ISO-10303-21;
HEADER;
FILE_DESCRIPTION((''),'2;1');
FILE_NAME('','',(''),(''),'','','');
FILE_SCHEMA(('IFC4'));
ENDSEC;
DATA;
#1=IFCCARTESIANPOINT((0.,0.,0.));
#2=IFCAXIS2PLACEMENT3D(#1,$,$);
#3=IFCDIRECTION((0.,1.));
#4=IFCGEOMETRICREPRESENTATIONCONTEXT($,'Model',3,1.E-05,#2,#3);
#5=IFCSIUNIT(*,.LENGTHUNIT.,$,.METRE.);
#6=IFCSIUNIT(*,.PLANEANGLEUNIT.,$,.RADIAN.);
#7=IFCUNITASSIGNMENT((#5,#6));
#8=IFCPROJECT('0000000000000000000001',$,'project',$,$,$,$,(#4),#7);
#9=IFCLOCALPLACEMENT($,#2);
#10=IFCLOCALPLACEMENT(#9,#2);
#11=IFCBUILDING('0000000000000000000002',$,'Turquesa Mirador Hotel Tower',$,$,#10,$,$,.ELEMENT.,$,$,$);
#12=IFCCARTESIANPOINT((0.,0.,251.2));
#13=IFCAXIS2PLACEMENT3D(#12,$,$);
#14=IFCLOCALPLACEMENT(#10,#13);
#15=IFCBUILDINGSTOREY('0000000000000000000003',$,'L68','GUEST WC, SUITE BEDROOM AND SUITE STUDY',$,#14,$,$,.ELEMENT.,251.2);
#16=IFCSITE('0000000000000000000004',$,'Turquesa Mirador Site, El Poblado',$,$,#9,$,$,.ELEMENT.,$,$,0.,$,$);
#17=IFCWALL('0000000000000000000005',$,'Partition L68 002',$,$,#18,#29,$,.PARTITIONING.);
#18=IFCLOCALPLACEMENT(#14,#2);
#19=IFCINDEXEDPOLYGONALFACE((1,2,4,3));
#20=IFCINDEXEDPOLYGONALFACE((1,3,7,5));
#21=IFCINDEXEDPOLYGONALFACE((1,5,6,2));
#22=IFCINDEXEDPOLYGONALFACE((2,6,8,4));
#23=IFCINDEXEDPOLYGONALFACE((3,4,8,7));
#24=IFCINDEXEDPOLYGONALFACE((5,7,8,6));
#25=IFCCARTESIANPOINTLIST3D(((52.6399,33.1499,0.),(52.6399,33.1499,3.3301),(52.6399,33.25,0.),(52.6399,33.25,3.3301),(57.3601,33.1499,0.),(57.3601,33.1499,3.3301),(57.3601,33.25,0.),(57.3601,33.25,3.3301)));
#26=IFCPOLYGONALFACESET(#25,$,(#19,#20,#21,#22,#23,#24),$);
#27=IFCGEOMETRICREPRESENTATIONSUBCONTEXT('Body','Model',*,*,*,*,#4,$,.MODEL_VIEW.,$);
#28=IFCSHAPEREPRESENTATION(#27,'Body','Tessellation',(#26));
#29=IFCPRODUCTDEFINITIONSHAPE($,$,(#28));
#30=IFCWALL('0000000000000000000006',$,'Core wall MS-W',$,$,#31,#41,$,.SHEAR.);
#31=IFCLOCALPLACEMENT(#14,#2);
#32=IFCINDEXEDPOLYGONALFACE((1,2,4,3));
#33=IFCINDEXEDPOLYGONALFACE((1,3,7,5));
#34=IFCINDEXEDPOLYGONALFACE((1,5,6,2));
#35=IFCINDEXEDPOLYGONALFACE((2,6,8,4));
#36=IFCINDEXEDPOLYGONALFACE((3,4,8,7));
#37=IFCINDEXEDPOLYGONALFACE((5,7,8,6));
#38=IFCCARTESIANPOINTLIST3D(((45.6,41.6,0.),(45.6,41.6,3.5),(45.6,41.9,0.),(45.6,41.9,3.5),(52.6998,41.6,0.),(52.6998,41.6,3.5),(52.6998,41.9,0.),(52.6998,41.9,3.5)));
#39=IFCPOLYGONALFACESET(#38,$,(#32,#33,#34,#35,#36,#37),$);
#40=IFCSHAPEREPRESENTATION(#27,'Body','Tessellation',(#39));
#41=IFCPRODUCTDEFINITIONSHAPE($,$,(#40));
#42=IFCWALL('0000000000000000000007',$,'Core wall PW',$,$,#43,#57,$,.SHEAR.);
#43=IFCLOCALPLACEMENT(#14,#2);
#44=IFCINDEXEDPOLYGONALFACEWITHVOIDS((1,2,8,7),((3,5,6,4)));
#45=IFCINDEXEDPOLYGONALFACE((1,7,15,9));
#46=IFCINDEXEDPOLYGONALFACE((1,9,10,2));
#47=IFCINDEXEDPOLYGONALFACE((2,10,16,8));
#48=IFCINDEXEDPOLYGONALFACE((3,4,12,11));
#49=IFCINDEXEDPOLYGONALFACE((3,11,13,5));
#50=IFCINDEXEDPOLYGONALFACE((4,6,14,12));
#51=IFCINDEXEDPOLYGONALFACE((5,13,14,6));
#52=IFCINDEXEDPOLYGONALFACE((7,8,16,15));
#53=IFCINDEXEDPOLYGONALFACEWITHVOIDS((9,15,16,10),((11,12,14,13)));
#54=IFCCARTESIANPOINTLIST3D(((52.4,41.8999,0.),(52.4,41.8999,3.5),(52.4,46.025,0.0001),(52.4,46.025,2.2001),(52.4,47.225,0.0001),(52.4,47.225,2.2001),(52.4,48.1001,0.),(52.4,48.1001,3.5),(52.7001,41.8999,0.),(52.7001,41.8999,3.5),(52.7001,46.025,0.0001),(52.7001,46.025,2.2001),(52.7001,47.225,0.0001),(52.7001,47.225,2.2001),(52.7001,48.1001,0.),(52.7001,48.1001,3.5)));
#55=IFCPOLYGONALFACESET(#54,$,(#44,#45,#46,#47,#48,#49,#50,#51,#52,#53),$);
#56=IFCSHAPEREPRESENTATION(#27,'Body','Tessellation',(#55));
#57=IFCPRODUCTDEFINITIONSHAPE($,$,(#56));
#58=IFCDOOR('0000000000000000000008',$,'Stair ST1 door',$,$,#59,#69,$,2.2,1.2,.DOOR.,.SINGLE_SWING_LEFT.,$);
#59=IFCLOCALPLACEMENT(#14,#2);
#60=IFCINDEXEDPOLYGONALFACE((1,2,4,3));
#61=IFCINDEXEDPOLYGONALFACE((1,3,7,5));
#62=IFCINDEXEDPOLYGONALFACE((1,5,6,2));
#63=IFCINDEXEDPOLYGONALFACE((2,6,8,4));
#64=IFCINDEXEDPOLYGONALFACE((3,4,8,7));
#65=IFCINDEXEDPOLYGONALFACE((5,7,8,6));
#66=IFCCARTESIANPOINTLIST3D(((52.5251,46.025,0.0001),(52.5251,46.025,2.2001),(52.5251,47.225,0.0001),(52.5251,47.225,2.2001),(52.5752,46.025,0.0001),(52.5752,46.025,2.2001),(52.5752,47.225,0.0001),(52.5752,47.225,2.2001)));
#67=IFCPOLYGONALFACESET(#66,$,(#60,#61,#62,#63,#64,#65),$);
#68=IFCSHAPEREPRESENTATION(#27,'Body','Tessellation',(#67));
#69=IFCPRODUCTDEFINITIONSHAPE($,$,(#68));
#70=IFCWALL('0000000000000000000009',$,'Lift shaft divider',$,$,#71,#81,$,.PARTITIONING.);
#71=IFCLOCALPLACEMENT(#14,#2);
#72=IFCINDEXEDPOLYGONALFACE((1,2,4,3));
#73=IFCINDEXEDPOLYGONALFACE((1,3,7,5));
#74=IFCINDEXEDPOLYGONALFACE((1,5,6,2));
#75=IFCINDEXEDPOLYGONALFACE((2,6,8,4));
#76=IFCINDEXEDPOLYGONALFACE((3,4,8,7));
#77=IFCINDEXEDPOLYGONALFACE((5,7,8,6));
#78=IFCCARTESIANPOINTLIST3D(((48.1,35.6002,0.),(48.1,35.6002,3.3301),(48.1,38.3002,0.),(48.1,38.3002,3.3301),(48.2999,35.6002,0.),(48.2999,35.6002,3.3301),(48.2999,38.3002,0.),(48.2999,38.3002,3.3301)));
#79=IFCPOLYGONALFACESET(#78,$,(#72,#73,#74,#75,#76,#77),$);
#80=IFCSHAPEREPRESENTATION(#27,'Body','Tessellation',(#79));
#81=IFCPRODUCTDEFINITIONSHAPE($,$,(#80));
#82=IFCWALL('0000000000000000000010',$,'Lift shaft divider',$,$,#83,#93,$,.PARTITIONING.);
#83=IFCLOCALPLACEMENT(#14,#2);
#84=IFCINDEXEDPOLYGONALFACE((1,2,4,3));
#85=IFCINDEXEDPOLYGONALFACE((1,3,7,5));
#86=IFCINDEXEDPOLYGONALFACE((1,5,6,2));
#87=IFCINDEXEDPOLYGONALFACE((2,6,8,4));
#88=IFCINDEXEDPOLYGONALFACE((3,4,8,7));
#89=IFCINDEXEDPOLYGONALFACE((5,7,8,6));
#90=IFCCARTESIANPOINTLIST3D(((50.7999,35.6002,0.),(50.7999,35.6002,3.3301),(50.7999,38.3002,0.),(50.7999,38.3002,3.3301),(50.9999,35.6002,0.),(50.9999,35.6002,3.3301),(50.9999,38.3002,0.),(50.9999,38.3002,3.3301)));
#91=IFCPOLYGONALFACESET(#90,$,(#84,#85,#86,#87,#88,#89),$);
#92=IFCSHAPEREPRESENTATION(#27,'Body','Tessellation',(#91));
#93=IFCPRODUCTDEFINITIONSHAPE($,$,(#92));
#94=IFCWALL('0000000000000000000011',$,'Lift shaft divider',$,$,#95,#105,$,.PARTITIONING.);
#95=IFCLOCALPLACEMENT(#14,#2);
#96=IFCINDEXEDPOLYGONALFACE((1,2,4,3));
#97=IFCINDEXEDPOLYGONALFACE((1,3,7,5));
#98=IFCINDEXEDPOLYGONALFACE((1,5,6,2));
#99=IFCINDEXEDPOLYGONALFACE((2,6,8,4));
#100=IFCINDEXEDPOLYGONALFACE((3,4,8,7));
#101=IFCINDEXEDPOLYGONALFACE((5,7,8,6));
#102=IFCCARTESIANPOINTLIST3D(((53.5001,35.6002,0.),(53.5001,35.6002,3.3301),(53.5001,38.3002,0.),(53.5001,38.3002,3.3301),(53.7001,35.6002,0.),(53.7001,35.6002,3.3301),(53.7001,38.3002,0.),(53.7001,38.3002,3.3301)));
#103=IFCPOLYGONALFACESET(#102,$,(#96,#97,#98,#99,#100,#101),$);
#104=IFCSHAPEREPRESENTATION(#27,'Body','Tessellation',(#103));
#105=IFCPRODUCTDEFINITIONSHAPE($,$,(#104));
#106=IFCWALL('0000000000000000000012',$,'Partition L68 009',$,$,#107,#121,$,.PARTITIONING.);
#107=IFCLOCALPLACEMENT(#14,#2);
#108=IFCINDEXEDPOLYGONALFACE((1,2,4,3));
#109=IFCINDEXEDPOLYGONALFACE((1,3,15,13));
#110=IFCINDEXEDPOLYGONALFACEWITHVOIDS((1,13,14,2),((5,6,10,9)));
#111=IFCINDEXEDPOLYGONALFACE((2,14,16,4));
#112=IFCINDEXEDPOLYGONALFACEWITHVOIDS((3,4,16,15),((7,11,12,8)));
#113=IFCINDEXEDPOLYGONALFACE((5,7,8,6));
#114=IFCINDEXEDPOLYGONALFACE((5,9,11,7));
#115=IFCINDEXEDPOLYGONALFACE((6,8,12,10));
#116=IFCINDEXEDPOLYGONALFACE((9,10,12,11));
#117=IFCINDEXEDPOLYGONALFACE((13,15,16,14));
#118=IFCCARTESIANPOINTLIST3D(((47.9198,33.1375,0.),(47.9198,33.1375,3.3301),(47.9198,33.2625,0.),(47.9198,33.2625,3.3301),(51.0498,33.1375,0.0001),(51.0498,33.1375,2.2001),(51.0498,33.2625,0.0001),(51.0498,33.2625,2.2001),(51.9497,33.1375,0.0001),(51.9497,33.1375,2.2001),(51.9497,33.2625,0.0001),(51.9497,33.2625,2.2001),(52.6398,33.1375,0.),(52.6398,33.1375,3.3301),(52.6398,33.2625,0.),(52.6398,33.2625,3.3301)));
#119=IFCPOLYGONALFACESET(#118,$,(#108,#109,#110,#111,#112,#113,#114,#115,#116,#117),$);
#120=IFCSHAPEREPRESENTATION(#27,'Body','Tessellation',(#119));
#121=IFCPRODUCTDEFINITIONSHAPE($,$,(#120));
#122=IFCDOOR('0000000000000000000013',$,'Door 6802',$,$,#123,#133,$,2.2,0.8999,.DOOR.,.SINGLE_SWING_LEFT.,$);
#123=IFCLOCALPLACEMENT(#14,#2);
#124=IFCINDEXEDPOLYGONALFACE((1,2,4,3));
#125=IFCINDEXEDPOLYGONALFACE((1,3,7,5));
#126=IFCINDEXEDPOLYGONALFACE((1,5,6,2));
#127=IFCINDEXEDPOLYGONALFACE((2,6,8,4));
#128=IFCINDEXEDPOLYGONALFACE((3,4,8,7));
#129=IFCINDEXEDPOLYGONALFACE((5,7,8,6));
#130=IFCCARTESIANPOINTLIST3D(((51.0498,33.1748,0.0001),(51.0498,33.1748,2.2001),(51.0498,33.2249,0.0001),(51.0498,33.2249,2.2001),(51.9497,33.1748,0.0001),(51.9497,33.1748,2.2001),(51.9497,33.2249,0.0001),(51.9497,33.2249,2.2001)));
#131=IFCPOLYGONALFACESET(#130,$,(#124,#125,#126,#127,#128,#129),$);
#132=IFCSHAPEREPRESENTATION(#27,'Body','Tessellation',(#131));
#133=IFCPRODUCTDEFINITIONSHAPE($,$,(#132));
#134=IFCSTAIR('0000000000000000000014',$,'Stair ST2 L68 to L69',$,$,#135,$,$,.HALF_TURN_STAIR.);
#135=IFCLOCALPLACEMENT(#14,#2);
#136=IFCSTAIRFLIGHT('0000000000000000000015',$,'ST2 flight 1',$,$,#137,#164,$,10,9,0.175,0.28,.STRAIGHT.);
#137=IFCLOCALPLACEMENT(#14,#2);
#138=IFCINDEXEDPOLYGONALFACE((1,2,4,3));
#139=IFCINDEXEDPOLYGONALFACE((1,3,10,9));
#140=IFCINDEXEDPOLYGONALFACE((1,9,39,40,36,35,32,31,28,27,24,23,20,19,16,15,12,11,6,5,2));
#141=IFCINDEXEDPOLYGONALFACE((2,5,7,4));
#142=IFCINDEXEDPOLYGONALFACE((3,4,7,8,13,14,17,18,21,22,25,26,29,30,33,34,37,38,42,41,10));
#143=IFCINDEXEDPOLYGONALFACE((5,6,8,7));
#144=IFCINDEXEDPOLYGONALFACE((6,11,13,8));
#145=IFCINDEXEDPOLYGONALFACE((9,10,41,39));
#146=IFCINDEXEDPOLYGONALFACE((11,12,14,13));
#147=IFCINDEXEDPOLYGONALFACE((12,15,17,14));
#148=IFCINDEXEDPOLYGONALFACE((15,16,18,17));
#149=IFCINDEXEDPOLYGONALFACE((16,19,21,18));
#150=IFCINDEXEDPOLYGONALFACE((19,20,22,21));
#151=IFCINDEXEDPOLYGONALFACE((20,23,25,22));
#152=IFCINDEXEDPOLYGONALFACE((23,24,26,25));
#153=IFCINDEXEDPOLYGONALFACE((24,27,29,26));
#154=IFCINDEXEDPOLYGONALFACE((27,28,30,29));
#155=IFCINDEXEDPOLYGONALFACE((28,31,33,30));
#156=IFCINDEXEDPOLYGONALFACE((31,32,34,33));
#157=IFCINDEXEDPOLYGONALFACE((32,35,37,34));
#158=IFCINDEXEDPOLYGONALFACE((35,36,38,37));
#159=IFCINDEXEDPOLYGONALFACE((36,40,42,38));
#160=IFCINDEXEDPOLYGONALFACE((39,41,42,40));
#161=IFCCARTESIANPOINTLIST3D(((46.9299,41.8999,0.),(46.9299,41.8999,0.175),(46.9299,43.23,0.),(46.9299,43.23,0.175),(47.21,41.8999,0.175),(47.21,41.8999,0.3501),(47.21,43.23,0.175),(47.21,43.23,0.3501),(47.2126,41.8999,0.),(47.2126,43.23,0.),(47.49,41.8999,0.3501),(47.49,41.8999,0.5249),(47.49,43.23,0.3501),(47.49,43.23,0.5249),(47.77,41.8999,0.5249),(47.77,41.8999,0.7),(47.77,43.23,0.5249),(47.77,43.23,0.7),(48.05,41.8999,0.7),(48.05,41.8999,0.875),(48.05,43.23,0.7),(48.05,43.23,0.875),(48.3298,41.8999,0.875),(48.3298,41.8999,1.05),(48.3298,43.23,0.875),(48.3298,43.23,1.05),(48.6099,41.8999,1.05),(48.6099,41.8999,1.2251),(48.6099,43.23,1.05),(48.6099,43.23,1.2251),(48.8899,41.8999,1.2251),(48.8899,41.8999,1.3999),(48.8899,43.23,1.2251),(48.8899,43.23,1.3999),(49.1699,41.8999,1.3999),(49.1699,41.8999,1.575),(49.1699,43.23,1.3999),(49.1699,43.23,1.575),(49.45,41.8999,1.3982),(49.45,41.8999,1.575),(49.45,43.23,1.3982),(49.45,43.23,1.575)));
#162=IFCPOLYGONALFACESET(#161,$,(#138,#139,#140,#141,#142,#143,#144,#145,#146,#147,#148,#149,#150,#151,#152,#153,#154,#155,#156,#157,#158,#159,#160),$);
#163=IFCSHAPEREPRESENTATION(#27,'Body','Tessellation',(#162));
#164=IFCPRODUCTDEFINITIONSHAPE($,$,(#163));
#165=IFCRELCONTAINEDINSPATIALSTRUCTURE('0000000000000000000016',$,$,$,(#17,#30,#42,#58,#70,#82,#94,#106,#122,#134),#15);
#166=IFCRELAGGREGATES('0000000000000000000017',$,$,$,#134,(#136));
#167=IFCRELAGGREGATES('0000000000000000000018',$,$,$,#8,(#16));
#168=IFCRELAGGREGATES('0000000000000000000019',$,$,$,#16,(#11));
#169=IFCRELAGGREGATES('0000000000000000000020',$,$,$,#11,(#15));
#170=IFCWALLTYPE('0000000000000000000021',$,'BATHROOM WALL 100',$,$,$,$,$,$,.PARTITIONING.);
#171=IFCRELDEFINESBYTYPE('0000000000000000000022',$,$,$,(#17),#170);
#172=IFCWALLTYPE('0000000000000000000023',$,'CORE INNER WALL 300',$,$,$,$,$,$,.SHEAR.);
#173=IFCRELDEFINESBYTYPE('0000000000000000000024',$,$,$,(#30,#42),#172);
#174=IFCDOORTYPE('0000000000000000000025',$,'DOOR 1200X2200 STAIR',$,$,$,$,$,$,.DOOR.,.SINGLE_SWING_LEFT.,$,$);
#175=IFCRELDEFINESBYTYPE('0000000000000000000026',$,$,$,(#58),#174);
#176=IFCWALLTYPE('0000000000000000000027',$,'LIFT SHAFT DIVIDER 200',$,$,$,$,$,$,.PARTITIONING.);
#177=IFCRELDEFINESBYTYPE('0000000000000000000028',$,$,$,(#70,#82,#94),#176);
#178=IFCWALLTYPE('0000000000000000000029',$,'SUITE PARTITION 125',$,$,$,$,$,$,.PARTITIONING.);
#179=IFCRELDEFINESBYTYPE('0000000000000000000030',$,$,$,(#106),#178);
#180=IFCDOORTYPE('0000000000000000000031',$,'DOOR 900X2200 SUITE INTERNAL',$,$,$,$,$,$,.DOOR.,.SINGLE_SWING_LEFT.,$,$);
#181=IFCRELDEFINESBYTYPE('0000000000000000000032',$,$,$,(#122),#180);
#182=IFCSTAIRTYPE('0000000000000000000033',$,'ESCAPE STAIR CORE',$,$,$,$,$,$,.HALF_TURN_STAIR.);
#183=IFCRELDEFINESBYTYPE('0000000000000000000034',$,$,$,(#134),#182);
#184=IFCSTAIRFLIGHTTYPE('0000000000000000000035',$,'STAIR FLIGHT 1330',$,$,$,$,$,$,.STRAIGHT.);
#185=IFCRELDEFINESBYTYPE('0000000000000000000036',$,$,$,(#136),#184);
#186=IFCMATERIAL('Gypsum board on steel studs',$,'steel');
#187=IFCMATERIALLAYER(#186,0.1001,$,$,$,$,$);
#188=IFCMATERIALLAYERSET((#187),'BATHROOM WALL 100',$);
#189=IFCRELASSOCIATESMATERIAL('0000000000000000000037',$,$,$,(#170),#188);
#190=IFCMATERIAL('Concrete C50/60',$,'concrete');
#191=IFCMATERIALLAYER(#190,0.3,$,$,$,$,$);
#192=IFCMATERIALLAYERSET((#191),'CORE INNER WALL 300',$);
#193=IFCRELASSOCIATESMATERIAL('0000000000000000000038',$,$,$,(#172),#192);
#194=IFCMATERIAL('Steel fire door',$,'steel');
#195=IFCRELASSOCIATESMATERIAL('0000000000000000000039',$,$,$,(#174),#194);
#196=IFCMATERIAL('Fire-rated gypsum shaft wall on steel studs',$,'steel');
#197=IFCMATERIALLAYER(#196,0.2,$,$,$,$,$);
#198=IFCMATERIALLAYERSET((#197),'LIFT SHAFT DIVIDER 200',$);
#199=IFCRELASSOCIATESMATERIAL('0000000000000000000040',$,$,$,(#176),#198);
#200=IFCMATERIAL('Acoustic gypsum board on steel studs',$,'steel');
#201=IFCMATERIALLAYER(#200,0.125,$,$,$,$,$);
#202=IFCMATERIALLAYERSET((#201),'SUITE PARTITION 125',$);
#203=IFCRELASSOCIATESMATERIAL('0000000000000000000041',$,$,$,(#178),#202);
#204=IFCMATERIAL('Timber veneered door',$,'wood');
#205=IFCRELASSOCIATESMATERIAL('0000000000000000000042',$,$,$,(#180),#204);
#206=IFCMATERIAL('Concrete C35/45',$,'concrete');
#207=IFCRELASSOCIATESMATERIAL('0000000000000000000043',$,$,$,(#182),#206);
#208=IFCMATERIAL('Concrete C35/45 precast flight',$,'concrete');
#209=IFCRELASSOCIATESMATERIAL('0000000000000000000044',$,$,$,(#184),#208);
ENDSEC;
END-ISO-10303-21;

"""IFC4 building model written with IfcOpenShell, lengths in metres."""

from ifc_helpers import new_model, si_unit, direction, frame, frame_2d, origin, place, context, subcontext, project, spatial, polyline, rectangle, outline, extrude, material, layer, layer_set, type_object, element, fill, aggregate, save


model = new_model("IFC4")

# Units and contexts
model_context = context("Model", 3, precision=1e-05, world=origin(), true_north=direction((0.0, 1.0)))
body_context = subcontext(model_context, "Body", "Model", "MODEL_VIEW")
ifc_project = project(units=[si_unit("LENGTHUNIT", "METRE"), si_unit("PLANEANGLEUNIT", "RADIAN")], contexts=[model_context])

# Site, building, storey
site_placement = place(None, origin())
site = spatial("IfcSite", under=ifc_project, at=site_placement, Name="Turquesa Mirador Site, El Poblado", CompositionType="ELEMENT", RefElevation=0.0)
building_placement = place(site_placement, origin())
building = spatial("IfcBuilding", under=site, at=building_placement, Name="Turquesa Mirador Hotel Tower", CompositionType="ELEMENT")
storey_placement = place(building_placement, frame((0.0, 0.0, 251.2)))
storey = spatial("IfcBuildingStorey", under=building, at=storey_placement, Name="L68", Description="GUEST WC, SUITE BEDROOM AND SUITE STUDY", CompositionType="ELEMENT", Elevation=251.2)

# Walls
ifc_material_1 = material(Name="Gypsum board on steel studs", Category="steel")
ifc_layer_1 = layer(ifc_material_1, 0.1001)
ifc_layer_set_1 = layer_set([ifc_layer_1], Name="BATHROOM WALL 100")
wall_type_1 = type_object("IfcWallType", Name="BATHROOM WALL 100", PredefinedType="PARTITIONING", material=ifc_layer_set_1)
wall_1_placement = place(storey_placement, frame((52.6399, 33.2, 0.0), z_axis=(0.0, 0.0, 1.0), x_axis=(1.0, 0.0, 0.0)))
element("IfcWall", 1, at=wall_1_placement, inside=storey, type_object=wall_type_1, Name="Partition L68 002", PredefinedType="PARTITIONING", context=body_context, shape_type="SweptSolid", body=[
    extrude(rectangle(XDim=4.7202, YDim=0.1001, at=frame_2d((2.3601, 0.0))), origin(), (0.0, 0.0, 1.0), 3.3301),
])
ifc_material_2 = material(Name="Concrete C50/60", Category="concrete")
ifc_layer_2 = layer(ifc_material_2, 0.3)
ifc_layer_set_2 = layer_set([ifc_layer_2], Name="CORE INNER WALL 300")
wall_type_2 = type_object("IfcWallType", Name="CORE INNER WALL 300", PredefinedType="SHEAR", material=ifc_layer_set_2)
wall_2_placement = place(storey_placement, frame((45.6001, 41.75, 0.0), z_axis=(0.0, 0.0, 1.0), x_axis=(1.0, 0.0, 0.0)))
element("IfcWall", 2, at=wall_2_placement, inside=storey, type_object=wall_type_2, Name="Core wall MS-W", PredefinedType="SHEAR", context=body_context, shape_type="SweptSolid", body=[
    extrude(rectangle(XDim=7.0999, YDim=0.3, at=frame_2d((3.5498, 0.0))), origin(), (0.0, 0.0, 1.0), 3.5),
])

# Wall, opening, door
wall_3_placement = place(storey_placement, frame((52.55, 41.8999, 0.0), z_axis=(0.0, 0.0, 1.0), x_axis=(0.0, 1.0, 0.0)))
wall_3 = element("IfcWall", 3, at=wall_3_placement, inside=storey, type_object=wall_type_2, Name="Core wall PW", PredefinedType="SHEAR", context=body_context, shape_type="SweptSolid", body=[
    extrude(rectangle(XDim=6.2002, YDim=0.3, at=frame_2d((3.1001, 0.0))), origin(), (0.0, 0.0, 1.0), 3.5),
])
opening_1_placement = place(wall_3_placement, frame((4.125, 0.0, 0.0)))
opening_1 = element("IfcOpeningElement", 4, at=opening_1_placement, cuts=wall_3, PredefinedType="OPENING", context=body_context, shape_type="SweptSolid", body=[
    extrude(rectangle(XDim=1.2, YDim=2.2, at=frame_2d((0.6001, 1.1001))), frame((0.0, 0.1599, 0.0), z_axis=(0.0, -1.0, 0.0), x_axis=(1.0, 0.0, 0.0)), (0.0, 0.0, 1.0), 0.3201),
])
ifc_material_3 = material(Name="Steel fire door", Category="steel")
door_type_1 = type_object("IfcDoorType", Name="DOOR 1200X2200 STAIR", OperationType="SINGLE_SWING_LEFT", PredefinedType="DOOR", material=ifc_material_3)
door_1_placement = place(opening_1_placement, origin())
door_1 = element("IfcDoor", 5, at=door_1_placement, inside=storey, type_object=door_type_1, Name="Stair ST1 door", OperationType="SINGLE_SWING_LEFT", OverallHeight=2.2, OverallWidth=1.2, PredefinedType="DOOR", context=body_context, shape_type="SweptSolid", body=[
    extrude(rectangle(XDim=1.2, YDim=2.2, at=frame_2d((0.6001, 1.1001))), frame((0.0, 0.0249, 0.0), z_axis=(0.0, -1.0, 0.0), x_axis=(1.0, 0.0, 0.0)), (0.0, 0.0, 1.0), 0.05),
])
fill(opening_1, door_1)

# Walls
ifc_material_4 = material(Name="Fire-rated gypsum shaft wall on steel studs", Category="steel")
ifc_layer_3 = layer(ifc_material_4, 0.2)
ifc_layer_set_3 = layer_set([ifc_layer_3], Name="LIFT SHAFT DIVIDER 200")
wall_type_3 = type_object("IfcWallType", Name="LIFT SHAFT DIVIDER 200", PredefinedType="PARTITIONING", material=ifc_layer_set_3)
for number, where, z_axis, x_axis, name in (
    (6, (48.2, 35.6001, 0.0), (0.0, 0.0, 1.0), (0.0, 1.0, 0.0), "Lift shaft divider"),
    (7, (50.8999, 35.6001, 0.0), (0.0, 0.0, 1.0), (0.0, 1.0, 0.0), "Lift shaft divider"),
    (8, (53.6001, 35.6001, 0.0), (0.0, 0.0, 1.0), (0.0, 1.0, 0.0), "Lift shaft divider"),
):
    element("IfcWall", number, at=place(storey_placement, frame(where, z_axis=z_axis, x_axis=x_axis)), inside=storey, type_object=wall_type_3, Name=name, PredefinedType="PARTITIONING", context=body_context, shape_type="SweptSolid", body=[
        extrude(rectangle(XDim=2.7, YDim=0.2, at=frame_2d((1.3501, 0.0))), origin(), (0.0, 0.0, 1.0), 3.3301),
    ])

# Wall, opening, door
ifc_material_5 = material(Name="Acoustic gypsum board on steel studs", Category="steel")
ifc_layer_4 = layer(ifc_material_5, 0.125)
ifc_layer_set_4 = layer_set([ifc_layer_4], Name="SUITE PARTITION 125")
wall_type_4 = type_object("IfcWallType", Name="SUITE PARTITION 125", PredefinedType="PARTITIONING", material=ifc_layer_set_4)
wall_4_placement = place(storey_placement, frame((47.9199, 33.2, 0.0), z_axis=(0.0, 0.0, 1.0), x_axis=(1.0, 0.0, 0.0)))
wall_4 = element("IfcWall", 9, at=wall_4_placement, inside=storey, type_object=wall_type_4, Name="Partition L68 009", PredefinedType="PARTITIONING", context=body_context, shape_type="SweptSolid", body=[
    extrude(rectangle(XDim=4.72, YDim=0.125, at=frame_2d((2.3599, 0.0))), origin(), (0.0, 0.0, 1.0), 3.3301),
])
opening_2_placement = place(wall_4_placement, frame((3.1299, 0.0, 0.0)))
opening_2 = element("IfcOpeningElement", 10, at=opening_2_placement, cuts=wall_4, PredefinedType="OPENING", context=body_context, shape_type="SweptSolid", body=[
    extrude(rectangle(XDim=0.8999, YDim=2.2, at=frame_2d((0.45, 1.1001))), frame((0.0, 0.0725, 0.0), z_axis=(0.0, -1.0, 0.0), x_axis=(1.0, 0.0, 0.0)), (0.0, 0.0, 1.0), 0.145),
])
ifc_material_6 = material(Name="Timber veneered door", Category="wood")
door_type_2 = type_object("IfcDoorType", Name="DOOR 900X2200 SUITE INTERNAL", OperationType="SINGLE_SWING_LEFT", PredefinedType="DOOR", material=ifc_material_6)
door_2_placement = place(opening_2_placement, origin())
door_2 = element("IfcDoor", 11, at=door_2_placement, inside=storey, type_object=door_type_2, Name="Door 6802", OperationType="SINGLE_SWING_LEFT", OverallHeight=2.2, OverallWidth=0.8999, PredefinedType="DOOR", context=body_context, shape_type="SweptSolid", body=[
    extrude(rectangle(XDim=0.8999, YDim=2.2, at=frame_2d((0.45, 1.1001))), frame((0.0, 0.0249, 0.0), z_axis=(0.0, -1.0, 0.0), x_axis=(1.0, 0.0, 0.0)), (0.0, 0.0, 1.0), 0.05),
])
fill(opening_2, door_2)

# Stair, stair flight
ifc_material_7 = material(Name="Concrete C35/45", Category="concrete")
stair_type = type_object("IfcStairType", Name="ESCAPE STAIR CORE", PredefinedType="HALF_TURN_STAIR", material=ifc_material_7)
stair_placement = place(storey_placement, origin())
stair = element("IfcStair", 12, at=stair_placement, inside=storey, type_object=stair_type, Name="Stair ST2 L68 to L69", PredefinedType="HALF_TURN_STAIR")
ifc_material_8 = material(Name="Concrete C35/45 precast flight", Category="concrete")
stair_flight_type = type_object("IfcStairFlightType", Name="STAIR FLIGHT 1330", PredefinedType="STRAIGHT", material=ifc_material_8)
stair_flight_placement = place(storey_placement, frame((46.9299, 42.5649, 0.0), z_axis=(0.0, 0.0, 1.0), x_axis=(1.0, 0.0, 0.0)))
stair_flight = element("IfcStairFlight", 13, at=stair_flight_placement, type_object=stair_flight_type, Name="ST2 flight 1", NumberOfRisers=10, NumberOfTreads=9, PredefinedType="STRAIGHT", RiserHeight=0.175, TreadLength=0.28, context=body_context, shape_type="SweptSolid", body=[
    extrude(outline(polyline([(0.0, 0.0), (0.0, 0.175), (0.28, 0.175), (0.28, 0.3501), (0.5601, 0.3501), (0.5601, 0.5249), (0.8401, 0.5249), (0.8401, 0.7), (1.1201, 0.7), (1.1201, 0.875), (1.3999, 0.875), (1.3999, 1.05), (1.6799, 1.05), (1.6799, 1.2251), (1.96, 1.2251), (1.96, 1.3999), (2.24, 1.3999), (2.24, 1.575), (2.52, 1.575), (2.52, 1.75), (2.52, 1.3982), (0.2827, 0.0), (0.0, 0.0)])), frame((0.0, 0.665, 0.0), z_axis=(0.0, -1.0, 0.0), x_axis=(1.0, 0.0, 0.0)), (0.0, 0.0, 1.0), 1.3301),
])
aggregate(stair, [stair_flight])

save(model, "model.ifc")
